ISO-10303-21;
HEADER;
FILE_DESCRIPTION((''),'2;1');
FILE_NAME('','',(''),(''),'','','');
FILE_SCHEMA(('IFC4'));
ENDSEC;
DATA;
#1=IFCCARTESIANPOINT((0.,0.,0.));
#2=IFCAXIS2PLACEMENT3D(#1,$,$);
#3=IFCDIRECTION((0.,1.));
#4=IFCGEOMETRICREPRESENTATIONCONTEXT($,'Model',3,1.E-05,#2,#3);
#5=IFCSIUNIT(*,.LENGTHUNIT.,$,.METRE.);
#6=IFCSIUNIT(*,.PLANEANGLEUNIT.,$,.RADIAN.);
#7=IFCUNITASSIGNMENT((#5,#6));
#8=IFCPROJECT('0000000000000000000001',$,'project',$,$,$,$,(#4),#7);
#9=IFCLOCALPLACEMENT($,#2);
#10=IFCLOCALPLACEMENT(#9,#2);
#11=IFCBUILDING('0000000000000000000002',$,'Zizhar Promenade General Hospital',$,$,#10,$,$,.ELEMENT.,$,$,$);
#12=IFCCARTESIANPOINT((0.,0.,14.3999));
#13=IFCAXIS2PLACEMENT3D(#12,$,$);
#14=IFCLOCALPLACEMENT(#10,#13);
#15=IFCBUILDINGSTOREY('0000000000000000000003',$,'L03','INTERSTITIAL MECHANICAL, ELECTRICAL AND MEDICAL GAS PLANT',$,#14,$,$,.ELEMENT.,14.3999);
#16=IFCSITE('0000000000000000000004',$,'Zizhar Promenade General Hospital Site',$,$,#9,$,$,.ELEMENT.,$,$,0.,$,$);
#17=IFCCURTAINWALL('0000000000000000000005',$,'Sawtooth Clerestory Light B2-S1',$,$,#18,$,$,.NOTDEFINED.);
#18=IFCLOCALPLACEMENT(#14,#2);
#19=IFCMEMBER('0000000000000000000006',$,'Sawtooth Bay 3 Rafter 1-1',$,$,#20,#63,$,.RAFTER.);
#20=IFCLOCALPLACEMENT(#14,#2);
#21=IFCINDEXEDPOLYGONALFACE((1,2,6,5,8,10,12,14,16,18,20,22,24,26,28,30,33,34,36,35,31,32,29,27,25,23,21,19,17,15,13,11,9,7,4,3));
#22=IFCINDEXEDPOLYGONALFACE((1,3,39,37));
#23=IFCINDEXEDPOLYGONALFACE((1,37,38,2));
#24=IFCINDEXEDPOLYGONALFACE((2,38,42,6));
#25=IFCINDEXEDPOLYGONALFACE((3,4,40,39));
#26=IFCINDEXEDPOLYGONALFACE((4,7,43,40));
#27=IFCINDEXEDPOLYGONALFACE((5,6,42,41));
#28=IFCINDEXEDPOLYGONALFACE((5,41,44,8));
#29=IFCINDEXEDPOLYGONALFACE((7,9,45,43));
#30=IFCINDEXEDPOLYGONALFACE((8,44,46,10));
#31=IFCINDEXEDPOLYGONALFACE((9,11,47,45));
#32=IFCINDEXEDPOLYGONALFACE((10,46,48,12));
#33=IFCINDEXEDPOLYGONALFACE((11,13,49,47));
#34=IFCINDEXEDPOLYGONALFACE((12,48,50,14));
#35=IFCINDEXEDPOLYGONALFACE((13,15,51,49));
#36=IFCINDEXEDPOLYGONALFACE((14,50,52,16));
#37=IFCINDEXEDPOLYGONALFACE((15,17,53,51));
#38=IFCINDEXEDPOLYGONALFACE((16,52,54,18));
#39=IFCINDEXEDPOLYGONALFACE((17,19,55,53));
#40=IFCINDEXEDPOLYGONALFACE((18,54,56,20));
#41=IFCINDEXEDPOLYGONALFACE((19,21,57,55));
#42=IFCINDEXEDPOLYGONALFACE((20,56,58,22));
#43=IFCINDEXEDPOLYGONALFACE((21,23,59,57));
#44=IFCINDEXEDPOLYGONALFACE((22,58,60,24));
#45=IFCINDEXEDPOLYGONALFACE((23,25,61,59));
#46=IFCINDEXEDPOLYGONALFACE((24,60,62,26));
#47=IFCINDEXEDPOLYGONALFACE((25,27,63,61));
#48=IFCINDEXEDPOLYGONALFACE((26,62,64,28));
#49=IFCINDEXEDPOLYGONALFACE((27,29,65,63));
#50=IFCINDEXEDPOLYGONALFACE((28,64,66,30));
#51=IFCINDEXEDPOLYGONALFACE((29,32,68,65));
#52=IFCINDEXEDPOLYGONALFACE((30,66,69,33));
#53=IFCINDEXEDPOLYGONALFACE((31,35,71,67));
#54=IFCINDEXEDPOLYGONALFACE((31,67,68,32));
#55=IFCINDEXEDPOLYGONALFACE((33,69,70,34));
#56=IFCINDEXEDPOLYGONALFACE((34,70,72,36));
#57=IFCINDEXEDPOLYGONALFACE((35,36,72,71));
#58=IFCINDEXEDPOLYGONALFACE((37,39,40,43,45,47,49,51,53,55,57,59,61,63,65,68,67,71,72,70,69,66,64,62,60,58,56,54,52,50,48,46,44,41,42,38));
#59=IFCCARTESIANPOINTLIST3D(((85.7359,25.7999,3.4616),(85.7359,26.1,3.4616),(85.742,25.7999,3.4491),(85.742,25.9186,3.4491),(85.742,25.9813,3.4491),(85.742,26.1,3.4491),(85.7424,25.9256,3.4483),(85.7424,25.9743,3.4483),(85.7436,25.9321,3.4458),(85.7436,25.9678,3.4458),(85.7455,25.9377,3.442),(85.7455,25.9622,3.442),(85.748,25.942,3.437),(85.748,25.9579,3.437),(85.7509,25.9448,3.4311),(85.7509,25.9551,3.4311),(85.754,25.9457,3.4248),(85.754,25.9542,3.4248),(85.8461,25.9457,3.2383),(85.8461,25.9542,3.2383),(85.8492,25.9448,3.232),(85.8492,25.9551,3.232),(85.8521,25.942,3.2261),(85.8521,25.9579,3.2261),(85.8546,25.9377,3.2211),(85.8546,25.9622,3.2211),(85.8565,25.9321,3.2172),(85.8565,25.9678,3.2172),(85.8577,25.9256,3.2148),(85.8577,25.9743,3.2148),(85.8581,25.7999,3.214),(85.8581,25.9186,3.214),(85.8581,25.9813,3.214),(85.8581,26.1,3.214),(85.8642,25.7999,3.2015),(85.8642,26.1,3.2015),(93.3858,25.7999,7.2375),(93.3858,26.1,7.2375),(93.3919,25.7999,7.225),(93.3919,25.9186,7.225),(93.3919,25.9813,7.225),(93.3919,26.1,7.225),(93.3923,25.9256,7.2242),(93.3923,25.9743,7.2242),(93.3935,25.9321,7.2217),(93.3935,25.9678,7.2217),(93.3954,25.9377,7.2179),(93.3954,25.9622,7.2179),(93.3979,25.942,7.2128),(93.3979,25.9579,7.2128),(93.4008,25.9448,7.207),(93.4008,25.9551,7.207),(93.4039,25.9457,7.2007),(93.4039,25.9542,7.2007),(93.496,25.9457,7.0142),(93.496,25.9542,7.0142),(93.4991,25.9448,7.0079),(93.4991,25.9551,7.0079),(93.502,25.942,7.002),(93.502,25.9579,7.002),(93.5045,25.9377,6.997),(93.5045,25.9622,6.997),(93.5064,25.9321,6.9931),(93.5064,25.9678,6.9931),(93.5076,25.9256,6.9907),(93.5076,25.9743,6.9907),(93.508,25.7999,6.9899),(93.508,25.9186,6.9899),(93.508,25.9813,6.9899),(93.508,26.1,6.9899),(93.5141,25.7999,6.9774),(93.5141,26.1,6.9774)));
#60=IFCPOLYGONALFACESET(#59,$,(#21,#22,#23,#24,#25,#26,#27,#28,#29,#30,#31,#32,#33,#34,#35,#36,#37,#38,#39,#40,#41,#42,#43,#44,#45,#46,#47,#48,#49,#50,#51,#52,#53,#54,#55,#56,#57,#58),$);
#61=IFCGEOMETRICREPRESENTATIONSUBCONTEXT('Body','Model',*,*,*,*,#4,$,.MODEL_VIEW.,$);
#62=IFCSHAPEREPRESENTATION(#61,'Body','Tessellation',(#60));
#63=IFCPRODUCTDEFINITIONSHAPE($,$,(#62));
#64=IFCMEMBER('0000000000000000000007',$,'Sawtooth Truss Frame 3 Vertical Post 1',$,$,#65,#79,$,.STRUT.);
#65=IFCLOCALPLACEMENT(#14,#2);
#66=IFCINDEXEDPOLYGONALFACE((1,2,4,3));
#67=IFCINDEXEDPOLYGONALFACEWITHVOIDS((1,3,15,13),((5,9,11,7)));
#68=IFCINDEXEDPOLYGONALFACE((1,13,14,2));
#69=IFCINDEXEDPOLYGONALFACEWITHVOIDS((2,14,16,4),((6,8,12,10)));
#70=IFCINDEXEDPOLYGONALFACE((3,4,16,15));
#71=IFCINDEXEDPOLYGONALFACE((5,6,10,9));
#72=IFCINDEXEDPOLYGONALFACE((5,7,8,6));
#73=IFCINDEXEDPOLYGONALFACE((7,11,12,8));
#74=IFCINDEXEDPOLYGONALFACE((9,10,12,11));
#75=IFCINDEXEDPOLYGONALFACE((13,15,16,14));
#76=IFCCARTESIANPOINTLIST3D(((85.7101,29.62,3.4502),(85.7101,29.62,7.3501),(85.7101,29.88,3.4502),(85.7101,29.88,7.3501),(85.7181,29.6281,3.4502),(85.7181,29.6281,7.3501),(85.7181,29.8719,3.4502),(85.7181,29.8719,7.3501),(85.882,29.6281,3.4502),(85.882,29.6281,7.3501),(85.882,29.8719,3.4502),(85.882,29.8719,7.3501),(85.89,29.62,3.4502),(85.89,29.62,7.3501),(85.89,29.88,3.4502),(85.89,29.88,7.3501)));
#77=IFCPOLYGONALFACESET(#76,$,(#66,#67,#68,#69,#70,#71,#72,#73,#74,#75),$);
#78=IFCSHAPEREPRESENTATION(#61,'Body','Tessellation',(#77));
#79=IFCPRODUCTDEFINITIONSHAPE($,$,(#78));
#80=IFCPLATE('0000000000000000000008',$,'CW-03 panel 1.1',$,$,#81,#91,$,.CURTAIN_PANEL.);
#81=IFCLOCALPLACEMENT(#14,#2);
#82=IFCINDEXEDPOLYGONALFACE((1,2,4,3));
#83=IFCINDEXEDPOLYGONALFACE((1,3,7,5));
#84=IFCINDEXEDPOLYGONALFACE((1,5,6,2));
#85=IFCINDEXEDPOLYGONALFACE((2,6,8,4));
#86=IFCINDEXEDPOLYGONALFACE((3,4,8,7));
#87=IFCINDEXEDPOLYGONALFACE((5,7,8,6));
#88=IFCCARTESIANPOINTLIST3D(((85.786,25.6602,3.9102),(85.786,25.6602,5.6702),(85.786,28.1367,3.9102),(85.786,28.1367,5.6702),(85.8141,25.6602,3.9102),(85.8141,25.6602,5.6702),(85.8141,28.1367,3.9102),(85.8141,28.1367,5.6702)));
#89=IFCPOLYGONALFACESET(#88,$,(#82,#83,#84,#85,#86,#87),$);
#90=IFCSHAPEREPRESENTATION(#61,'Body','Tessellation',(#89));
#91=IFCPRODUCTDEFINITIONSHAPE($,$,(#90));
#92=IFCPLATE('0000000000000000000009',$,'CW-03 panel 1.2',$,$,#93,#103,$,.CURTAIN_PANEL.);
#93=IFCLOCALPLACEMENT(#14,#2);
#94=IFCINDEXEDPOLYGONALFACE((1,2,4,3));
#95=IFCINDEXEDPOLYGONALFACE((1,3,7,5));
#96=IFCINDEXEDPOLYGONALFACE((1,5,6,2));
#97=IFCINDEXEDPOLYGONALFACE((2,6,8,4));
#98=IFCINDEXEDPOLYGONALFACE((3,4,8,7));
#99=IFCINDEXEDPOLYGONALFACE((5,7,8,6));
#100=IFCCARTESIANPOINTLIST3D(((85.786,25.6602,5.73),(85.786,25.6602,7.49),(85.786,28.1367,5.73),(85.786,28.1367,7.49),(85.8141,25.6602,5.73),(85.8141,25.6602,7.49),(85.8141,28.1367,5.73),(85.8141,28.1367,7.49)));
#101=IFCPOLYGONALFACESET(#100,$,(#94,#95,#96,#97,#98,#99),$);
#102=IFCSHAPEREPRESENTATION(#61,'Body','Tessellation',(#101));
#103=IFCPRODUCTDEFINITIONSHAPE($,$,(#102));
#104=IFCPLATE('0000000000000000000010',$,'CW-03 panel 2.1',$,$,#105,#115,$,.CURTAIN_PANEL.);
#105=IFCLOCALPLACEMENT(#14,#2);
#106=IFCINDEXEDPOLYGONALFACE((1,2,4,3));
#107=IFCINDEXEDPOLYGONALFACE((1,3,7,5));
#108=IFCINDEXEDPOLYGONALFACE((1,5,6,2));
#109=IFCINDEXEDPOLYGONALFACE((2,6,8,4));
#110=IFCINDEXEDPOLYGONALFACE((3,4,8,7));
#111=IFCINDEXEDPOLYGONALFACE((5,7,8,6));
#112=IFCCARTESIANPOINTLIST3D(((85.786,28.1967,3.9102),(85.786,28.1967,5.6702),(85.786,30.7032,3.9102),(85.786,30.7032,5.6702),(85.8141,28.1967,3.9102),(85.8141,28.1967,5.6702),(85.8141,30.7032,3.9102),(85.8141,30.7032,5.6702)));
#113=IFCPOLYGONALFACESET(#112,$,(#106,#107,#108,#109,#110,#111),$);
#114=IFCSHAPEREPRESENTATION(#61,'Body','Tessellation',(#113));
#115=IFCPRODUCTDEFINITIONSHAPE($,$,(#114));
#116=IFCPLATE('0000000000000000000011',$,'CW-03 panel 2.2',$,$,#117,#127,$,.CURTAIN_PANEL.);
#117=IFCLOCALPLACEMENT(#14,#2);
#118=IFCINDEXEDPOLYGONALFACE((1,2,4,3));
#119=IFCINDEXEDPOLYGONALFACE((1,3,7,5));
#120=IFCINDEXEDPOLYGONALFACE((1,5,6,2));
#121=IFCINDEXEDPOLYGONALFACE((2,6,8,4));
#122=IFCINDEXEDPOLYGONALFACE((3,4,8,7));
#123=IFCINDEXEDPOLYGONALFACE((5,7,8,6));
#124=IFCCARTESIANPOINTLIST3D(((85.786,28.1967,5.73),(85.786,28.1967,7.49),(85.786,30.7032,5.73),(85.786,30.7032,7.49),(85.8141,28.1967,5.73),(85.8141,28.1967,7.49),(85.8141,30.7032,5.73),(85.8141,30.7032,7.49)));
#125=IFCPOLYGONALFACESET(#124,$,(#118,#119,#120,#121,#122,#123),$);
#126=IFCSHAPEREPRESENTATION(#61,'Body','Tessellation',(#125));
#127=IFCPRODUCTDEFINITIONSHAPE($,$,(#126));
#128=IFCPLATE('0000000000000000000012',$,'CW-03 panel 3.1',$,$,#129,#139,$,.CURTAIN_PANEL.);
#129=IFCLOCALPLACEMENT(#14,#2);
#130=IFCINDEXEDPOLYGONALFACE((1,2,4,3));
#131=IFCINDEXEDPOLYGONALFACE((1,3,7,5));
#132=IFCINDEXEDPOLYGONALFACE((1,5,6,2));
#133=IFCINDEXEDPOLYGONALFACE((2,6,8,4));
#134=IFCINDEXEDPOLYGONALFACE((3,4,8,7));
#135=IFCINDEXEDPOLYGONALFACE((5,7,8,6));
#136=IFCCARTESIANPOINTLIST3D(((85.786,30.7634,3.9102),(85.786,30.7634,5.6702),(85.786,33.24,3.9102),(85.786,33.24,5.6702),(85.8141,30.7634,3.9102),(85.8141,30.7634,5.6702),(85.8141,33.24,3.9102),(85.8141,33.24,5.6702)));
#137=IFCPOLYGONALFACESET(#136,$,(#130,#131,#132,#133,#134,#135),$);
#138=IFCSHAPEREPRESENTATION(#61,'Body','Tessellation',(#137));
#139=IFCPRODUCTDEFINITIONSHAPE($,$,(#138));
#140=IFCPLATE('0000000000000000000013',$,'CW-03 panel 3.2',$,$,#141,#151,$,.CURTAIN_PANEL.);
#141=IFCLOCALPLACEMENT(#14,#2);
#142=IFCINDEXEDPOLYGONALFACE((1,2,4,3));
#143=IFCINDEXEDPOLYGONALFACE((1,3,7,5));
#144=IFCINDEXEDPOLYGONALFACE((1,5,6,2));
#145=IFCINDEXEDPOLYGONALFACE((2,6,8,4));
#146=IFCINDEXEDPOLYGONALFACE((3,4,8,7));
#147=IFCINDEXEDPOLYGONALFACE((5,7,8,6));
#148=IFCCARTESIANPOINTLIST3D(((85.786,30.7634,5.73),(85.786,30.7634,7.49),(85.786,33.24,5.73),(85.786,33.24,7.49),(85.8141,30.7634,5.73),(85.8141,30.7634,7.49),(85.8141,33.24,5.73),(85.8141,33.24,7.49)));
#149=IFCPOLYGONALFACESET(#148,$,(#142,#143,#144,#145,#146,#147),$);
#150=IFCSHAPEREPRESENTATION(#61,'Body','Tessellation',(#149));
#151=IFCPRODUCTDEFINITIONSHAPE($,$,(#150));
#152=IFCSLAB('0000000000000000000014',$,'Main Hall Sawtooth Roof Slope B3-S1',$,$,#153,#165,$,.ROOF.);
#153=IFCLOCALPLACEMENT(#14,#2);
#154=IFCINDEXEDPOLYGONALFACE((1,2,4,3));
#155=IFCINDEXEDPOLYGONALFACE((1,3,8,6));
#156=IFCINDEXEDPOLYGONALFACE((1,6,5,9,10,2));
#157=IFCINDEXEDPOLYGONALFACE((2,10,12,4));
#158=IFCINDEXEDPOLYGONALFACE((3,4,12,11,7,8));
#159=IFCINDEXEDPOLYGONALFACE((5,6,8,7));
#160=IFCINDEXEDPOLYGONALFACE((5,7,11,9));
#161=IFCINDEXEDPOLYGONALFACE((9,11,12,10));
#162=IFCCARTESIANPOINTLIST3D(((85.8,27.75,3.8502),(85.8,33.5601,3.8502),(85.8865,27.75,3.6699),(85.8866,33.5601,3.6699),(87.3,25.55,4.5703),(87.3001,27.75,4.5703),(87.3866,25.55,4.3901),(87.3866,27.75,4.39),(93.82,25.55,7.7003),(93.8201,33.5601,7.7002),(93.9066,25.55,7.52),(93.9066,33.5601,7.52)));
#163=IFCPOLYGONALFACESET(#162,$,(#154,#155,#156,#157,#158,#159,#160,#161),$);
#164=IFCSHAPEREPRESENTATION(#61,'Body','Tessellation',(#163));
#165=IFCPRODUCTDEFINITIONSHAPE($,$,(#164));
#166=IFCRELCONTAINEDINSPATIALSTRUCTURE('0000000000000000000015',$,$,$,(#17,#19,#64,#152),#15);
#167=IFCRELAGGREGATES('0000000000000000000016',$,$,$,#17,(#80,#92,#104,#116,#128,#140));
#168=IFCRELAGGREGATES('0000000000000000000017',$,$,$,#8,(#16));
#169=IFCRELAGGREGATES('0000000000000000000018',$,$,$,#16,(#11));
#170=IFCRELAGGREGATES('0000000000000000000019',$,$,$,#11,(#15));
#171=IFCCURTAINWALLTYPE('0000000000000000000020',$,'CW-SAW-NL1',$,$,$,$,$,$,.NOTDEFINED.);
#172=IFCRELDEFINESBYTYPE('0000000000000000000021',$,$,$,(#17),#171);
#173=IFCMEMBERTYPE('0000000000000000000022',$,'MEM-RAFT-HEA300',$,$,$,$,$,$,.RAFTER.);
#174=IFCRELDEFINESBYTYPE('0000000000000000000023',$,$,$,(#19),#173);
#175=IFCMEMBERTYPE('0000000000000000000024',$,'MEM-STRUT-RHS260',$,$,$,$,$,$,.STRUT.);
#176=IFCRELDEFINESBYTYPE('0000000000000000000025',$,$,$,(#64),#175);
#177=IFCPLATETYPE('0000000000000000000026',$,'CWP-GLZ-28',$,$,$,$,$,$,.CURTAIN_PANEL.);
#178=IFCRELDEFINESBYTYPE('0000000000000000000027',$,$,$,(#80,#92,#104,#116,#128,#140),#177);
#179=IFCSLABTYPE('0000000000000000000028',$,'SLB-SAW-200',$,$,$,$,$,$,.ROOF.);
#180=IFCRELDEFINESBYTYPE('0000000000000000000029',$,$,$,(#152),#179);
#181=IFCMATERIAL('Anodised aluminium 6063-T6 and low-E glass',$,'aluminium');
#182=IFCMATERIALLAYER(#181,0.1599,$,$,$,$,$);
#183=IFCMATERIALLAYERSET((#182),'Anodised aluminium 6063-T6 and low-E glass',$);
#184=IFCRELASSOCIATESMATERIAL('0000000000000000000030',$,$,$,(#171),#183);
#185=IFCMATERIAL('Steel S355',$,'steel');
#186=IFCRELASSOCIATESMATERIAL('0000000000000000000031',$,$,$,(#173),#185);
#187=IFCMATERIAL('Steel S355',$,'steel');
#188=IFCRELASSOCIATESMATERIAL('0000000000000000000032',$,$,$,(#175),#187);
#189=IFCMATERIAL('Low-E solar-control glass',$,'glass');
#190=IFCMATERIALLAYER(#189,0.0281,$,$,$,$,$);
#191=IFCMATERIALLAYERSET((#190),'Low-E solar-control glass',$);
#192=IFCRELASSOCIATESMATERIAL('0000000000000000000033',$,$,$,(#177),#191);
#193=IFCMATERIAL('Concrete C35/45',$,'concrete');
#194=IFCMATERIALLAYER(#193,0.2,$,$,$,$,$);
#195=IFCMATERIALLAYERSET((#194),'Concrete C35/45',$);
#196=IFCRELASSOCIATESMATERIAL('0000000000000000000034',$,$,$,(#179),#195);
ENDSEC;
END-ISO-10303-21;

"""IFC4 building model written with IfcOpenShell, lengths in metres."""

from ifc_helpers import new_model, si_unit, direction, frame, origin, origin_2d, place, context, subcontext, project, spatial, polyline, rectangle, hollow_rectangle, i_section, outline, extrude, material, layer, layer_set, material_profile, profile_set, type_object, element, aggregate, save


model = new_model("IFC4")

# Units and contexts
model_context = context("Model", 3, precision=1e-05, world=origin(), true_north=direction((0.0, 1.0)))
body_context = subcontext(model_context, "Body", "Model", "MODEL_VIEW")
ifc_project = project(units=[si_unit("LENGTHUNIT", "METRE"), si_unit("PLANEANGLEUNIT", "RADIAN")], contexts=[model_context])

# Site, building, storey
site_placement = place(None, origin())
site = spatial("IfcSite", under=ifc_project, at=site_placement, Name="Zizhar Promenade General Hospital Site", CompositionType="ELEMENT", RefElevation=0.0)
building_placement = place(site_placement, origin())
building = spatial("IfcBuilding", under=site, at=building_placement, Name="Zizhar Promenade General Hospital", CompositionType="ELEMENT")
storey_placement = place(building_placement, frame((0.0, 0.0, 14.3999)))
storey = spatial("IfcBuildingStorey", under=building, at=storey_placement, Name="L03", Description="INTERSTITIAL MECHANICAL, ELECTRICAL AND MEDICAL GAS PLANT", CompositionType="ELEMENT", Elevation=14.3999)

# Curtain wall
ifc_material_1 = material(Name="Anodised aluminium 6063-T6 and low-E glass", Category="aluminium")
ifc_layer_1 = layer(ifc_material_1, 0.1599)
ifc_layer_set_1 = layer_set([ifc_layer_1], Name="Anodised aluminium 6063-T6 and low-E glass")
curtain_wall_type = type_object("IfcCurtainWallType", Name="CW-SAW-NL1", PredefinedType="NOTDEFINED", material=ifc_layer_set_1)
curtain_wall_1_placement = place(storey_placement, origin())
curtain_wall_1 = element("IfcCurtainWall", 1, at=curtain_wall_1_placement, inside=storey, type_object=curtain_wall_type, Name="Sawtooth Clerestory Light B2-S1", PredefinedType="NOTDEFINED")

# Members
ifc_material_2 = material(Name="Steel S355", Category="steel")
ifc_material_profile_1 = material_profile(ifc_material_2, i_section(OverallWidth=0.3, OverallDepth=0.29, WebThickness=0.0085, FlangeThickness=0.0139, FilletRadius=0.0271, at=origin_2d()))
ifc_profile_set_1 = profile_set([ifc_material_profile_1], Name="Steel S355")
member_type_1 = type_object("IfcMemberType", Name="MEM-RAFT-HEA300", PredefinedType="RAFTER", material=ifc_profile_set_1)
member_1_placement = place(storey_placement, frame((85.8, 25.95, 3.3315), z_axis=(0.896716, 0.0, 0.442606), x_axis=(0.0, 1.0, 0.0)))
element("IfcMember", 2, at=member_1_placement, inside=storey, type_object=member_type_1, Name="Sawtooth Bay 3 Rafter 1-1", PredefinedType="RAFTER", context=body_context, shape_type="SweptSolid", body=[
    extrude(i_section(OverallWidth=0.3, OverallDepth=0.29, WebThickness=0.0085, FlangeThickness=0.0139, FilletRadius=0.0271, at=origin_2d()), origin(), (0.0, 0.0, 1.0), 8.531),
])
ifc_material_3 = material(Name="Steel S355", Category="steel")
ifc_material_profile_2 = material_profile(ifc_material_3, hollow_rectangle(XDim=0.1799, YDim=0.26, WallThickness=0.0081, at=origin_2d()))
ifc_profile_set_2 = profile_set([ifc_material_profile_2], Name="Steel S355")
member_type_2 = type_object("IfcMemberType", Name="MEM-STRUT-RHS260", PredefinedType="STRUT", material=ifc_profile_set_2)
member_2_placement = place(storey_placement, frame((85.8, 29.75, 3.4502), z_axis=(0.0, 0.0, 1.0), x_axis=(1.0, 0.0, 0.0)))
element("IfcMember", 3, at=member_2_placement, inside=storey, type_object=member_type_2, Name="Sawtooth Truss Frame 3 Vertical Post 1", PredefinedType="STRUT", context=body_context, shape_type="SweptSolid", body=[
    extrude(hollow_rectangle(XDim=0.1799, YDim=0.26, WallThickness=0.0081, at=origin_2d()), origin(), (0.0, 0.0, 1.0), 3.8999),
])

# Plates
ifc_material_4 = material(Name="Low-E solar-control glass", Category="glass")
ifc_layer_2 = layer(ifc_material_4, 0.0281)
ifc_layer_set_2 = layer_set([ifc_layer_2], Name="Low-E solar-control glass")
plate_type = type_object("IfcPlateType", Name="CWP-GLZ-28", PredefinedType="CURTAIN_PANEL", material=ifc_layer_set_2)
plate_1_placement = place(storey_placement, frame((85.8, 26.8984, 3.9102), z_axis=(0.0, 0.0, 1.0), x_axis=(0.0, 1.0, 0.0)))
plate_1 = element("IfcPlate", 4, at=plate_1_placement, type_object=plate_type, Name="CW-03 panel 1.1", PredefinedType="CURTAIN_PANEL", context=body_context, shape_type="SweptSolid", body=[
    extrude(rectangle(XDim=2.4766, YDim=0.0281, at=origin_2d()), origin(), (0.0, 0.0, 1.0), 1.76),
])
plate_2_placement = place(storey_placement, frame((85.8, 26.8984, 5.73), z_axis=(0.0, 0.0, 1.0), x_axis=(0.0, 1.0, 0.0)))
plate_2 = element("IfcPlate", 5, at=plate_2_placement, type_object=plate_type, Name="CW-03 panel 1.2", PredefinedType="CURTAIN_PANEL", context=body_context, shape_type="SweptSolid", body=[
    extrude(rectangle(XDim=2.4766, YDim=0.0281, at=origin_2d()), origin(), (0.0, 0.0, 1.0), 1.76),
])
plate_3_placement = place(storey_placement, frame((85.8, 29.45, 3.9102), z_axis=(0.0, 0.0, 1.0), x_axis=(0.0, 1.0, 0.0)))
plate_3 = element("IfcPlate", 6, at=plate_3_placement, type_object=plate_type, Name="CW-03 panel 2.1", PredefinedType="CURTAIN_PANEL", context=body_context, shape_type="SweptSolid", body=[
    extrude(rectangle(XDim=2.5066, YDim=0.0281, at=origin_2d()), origin(), (0.0, 0.0, 1.0), 1.76),
])
plate_4_placement = place(storey_placement, frame((85.8, 29.45, 5.73), z_axis=(0.0, 0.0, 1.0), x_axis=(0.0, 1.0, 0.0)))
plate_4 = element("IfcPlate", 7, at=plate_4_placement, type_object=plate_type, Name="CW-03 panel 2.2", PredefinedType="CURTAIN_PANEL", context=body_context, shape_type="SweptSolid", body=[
    extrude(rectangle(XDim=2.5066, YDim=0.0281, at=origin_2d()), origin(), (0.0, 0.0, 1.0), 1.76),
])
plate_5_placement = place(storey_placement, frame((85.8, 32.0017, 3.9102), z_axis=(0.0, 0.0, 1.0), x_axis=(0.0, 1.0, 0.0)))
plate_5 = element("IfcPlate", 8, at=plate_5_placement, type_object=plate_type, Name="CW-03 panel 3.1", PredefinedType="CURTAIN_PANEL", context=body_context, shape_type="SweptSolid", body=[
    extrude(rectangle(XDim=2.4766, YDim=0.0281, at=origin_2d()), origin(), (0.0, 0.0, 1.0), 1.76),
])
plate_6_placement = place(storey_placement, frame((85.8, 32.0017, 5.73), z_axis=(0.0, 0.0, 1.0), x_axis=(0.0, 1.0, 0.0)))
plate_6 = element("IfcPlate", 9, at=plate_6_placement, type_object=plate_type, Name="CW-03 panel 3.2", PredefinedType="CURTAIN_PANEL", context=body_context, shape_type="SweptSolid", body=[
    extrude(rectangle(XDim=2.4766, YDim=0.0281, at=origin_2d()), origin(), (0.0, 0.0, 1.0), 1.76),
])
aggregate(curtain_wall_1, [plate_1, plate_2, plate_3, plate_4, plate_5, plate_6])

# Slab
ifc_material_5 = material(Name="Concrete C35/45", Category="concrete")
ifc_layer_3 = layer(ifc_material_5, 0.2)
ifc_layer_set_3 = layer_set([ifc_layer_3], Name="Concrete C35/45")
slab_type = type_object("IfcSlabType", Name="SLB-SAW-200", PredefinedType="ROOF", material=ifc_layer_set_3)
slab_placement = place(storey_placement, frame((87.3, 25.55, 4.5703), z_axis=(-0.432772, 0.000007, 0.901503), x_axis=(0.901503, 0.0, 0.432772)))
element("IfcSlab", 10, at=slab_placement, inside=storey, type_object=slab_type, Name="Main Hall Sawtooth Roof Slope B3-S1", PredefinedType="ROOF", context=body_context, shape_type="SweptSolid", body=[
    extrude(outline(polyline([(0.0, 0.0), (7.2323, 0.0), (7.2323, 8.01), (-1.6639, 8.01), (-1.6639, 2.2), (0.0, 2.2), (0.0, 0.0)])), origin(), (0.0, 0.0, -1.0), 0.2),
])

save(model, "model.ifc")
